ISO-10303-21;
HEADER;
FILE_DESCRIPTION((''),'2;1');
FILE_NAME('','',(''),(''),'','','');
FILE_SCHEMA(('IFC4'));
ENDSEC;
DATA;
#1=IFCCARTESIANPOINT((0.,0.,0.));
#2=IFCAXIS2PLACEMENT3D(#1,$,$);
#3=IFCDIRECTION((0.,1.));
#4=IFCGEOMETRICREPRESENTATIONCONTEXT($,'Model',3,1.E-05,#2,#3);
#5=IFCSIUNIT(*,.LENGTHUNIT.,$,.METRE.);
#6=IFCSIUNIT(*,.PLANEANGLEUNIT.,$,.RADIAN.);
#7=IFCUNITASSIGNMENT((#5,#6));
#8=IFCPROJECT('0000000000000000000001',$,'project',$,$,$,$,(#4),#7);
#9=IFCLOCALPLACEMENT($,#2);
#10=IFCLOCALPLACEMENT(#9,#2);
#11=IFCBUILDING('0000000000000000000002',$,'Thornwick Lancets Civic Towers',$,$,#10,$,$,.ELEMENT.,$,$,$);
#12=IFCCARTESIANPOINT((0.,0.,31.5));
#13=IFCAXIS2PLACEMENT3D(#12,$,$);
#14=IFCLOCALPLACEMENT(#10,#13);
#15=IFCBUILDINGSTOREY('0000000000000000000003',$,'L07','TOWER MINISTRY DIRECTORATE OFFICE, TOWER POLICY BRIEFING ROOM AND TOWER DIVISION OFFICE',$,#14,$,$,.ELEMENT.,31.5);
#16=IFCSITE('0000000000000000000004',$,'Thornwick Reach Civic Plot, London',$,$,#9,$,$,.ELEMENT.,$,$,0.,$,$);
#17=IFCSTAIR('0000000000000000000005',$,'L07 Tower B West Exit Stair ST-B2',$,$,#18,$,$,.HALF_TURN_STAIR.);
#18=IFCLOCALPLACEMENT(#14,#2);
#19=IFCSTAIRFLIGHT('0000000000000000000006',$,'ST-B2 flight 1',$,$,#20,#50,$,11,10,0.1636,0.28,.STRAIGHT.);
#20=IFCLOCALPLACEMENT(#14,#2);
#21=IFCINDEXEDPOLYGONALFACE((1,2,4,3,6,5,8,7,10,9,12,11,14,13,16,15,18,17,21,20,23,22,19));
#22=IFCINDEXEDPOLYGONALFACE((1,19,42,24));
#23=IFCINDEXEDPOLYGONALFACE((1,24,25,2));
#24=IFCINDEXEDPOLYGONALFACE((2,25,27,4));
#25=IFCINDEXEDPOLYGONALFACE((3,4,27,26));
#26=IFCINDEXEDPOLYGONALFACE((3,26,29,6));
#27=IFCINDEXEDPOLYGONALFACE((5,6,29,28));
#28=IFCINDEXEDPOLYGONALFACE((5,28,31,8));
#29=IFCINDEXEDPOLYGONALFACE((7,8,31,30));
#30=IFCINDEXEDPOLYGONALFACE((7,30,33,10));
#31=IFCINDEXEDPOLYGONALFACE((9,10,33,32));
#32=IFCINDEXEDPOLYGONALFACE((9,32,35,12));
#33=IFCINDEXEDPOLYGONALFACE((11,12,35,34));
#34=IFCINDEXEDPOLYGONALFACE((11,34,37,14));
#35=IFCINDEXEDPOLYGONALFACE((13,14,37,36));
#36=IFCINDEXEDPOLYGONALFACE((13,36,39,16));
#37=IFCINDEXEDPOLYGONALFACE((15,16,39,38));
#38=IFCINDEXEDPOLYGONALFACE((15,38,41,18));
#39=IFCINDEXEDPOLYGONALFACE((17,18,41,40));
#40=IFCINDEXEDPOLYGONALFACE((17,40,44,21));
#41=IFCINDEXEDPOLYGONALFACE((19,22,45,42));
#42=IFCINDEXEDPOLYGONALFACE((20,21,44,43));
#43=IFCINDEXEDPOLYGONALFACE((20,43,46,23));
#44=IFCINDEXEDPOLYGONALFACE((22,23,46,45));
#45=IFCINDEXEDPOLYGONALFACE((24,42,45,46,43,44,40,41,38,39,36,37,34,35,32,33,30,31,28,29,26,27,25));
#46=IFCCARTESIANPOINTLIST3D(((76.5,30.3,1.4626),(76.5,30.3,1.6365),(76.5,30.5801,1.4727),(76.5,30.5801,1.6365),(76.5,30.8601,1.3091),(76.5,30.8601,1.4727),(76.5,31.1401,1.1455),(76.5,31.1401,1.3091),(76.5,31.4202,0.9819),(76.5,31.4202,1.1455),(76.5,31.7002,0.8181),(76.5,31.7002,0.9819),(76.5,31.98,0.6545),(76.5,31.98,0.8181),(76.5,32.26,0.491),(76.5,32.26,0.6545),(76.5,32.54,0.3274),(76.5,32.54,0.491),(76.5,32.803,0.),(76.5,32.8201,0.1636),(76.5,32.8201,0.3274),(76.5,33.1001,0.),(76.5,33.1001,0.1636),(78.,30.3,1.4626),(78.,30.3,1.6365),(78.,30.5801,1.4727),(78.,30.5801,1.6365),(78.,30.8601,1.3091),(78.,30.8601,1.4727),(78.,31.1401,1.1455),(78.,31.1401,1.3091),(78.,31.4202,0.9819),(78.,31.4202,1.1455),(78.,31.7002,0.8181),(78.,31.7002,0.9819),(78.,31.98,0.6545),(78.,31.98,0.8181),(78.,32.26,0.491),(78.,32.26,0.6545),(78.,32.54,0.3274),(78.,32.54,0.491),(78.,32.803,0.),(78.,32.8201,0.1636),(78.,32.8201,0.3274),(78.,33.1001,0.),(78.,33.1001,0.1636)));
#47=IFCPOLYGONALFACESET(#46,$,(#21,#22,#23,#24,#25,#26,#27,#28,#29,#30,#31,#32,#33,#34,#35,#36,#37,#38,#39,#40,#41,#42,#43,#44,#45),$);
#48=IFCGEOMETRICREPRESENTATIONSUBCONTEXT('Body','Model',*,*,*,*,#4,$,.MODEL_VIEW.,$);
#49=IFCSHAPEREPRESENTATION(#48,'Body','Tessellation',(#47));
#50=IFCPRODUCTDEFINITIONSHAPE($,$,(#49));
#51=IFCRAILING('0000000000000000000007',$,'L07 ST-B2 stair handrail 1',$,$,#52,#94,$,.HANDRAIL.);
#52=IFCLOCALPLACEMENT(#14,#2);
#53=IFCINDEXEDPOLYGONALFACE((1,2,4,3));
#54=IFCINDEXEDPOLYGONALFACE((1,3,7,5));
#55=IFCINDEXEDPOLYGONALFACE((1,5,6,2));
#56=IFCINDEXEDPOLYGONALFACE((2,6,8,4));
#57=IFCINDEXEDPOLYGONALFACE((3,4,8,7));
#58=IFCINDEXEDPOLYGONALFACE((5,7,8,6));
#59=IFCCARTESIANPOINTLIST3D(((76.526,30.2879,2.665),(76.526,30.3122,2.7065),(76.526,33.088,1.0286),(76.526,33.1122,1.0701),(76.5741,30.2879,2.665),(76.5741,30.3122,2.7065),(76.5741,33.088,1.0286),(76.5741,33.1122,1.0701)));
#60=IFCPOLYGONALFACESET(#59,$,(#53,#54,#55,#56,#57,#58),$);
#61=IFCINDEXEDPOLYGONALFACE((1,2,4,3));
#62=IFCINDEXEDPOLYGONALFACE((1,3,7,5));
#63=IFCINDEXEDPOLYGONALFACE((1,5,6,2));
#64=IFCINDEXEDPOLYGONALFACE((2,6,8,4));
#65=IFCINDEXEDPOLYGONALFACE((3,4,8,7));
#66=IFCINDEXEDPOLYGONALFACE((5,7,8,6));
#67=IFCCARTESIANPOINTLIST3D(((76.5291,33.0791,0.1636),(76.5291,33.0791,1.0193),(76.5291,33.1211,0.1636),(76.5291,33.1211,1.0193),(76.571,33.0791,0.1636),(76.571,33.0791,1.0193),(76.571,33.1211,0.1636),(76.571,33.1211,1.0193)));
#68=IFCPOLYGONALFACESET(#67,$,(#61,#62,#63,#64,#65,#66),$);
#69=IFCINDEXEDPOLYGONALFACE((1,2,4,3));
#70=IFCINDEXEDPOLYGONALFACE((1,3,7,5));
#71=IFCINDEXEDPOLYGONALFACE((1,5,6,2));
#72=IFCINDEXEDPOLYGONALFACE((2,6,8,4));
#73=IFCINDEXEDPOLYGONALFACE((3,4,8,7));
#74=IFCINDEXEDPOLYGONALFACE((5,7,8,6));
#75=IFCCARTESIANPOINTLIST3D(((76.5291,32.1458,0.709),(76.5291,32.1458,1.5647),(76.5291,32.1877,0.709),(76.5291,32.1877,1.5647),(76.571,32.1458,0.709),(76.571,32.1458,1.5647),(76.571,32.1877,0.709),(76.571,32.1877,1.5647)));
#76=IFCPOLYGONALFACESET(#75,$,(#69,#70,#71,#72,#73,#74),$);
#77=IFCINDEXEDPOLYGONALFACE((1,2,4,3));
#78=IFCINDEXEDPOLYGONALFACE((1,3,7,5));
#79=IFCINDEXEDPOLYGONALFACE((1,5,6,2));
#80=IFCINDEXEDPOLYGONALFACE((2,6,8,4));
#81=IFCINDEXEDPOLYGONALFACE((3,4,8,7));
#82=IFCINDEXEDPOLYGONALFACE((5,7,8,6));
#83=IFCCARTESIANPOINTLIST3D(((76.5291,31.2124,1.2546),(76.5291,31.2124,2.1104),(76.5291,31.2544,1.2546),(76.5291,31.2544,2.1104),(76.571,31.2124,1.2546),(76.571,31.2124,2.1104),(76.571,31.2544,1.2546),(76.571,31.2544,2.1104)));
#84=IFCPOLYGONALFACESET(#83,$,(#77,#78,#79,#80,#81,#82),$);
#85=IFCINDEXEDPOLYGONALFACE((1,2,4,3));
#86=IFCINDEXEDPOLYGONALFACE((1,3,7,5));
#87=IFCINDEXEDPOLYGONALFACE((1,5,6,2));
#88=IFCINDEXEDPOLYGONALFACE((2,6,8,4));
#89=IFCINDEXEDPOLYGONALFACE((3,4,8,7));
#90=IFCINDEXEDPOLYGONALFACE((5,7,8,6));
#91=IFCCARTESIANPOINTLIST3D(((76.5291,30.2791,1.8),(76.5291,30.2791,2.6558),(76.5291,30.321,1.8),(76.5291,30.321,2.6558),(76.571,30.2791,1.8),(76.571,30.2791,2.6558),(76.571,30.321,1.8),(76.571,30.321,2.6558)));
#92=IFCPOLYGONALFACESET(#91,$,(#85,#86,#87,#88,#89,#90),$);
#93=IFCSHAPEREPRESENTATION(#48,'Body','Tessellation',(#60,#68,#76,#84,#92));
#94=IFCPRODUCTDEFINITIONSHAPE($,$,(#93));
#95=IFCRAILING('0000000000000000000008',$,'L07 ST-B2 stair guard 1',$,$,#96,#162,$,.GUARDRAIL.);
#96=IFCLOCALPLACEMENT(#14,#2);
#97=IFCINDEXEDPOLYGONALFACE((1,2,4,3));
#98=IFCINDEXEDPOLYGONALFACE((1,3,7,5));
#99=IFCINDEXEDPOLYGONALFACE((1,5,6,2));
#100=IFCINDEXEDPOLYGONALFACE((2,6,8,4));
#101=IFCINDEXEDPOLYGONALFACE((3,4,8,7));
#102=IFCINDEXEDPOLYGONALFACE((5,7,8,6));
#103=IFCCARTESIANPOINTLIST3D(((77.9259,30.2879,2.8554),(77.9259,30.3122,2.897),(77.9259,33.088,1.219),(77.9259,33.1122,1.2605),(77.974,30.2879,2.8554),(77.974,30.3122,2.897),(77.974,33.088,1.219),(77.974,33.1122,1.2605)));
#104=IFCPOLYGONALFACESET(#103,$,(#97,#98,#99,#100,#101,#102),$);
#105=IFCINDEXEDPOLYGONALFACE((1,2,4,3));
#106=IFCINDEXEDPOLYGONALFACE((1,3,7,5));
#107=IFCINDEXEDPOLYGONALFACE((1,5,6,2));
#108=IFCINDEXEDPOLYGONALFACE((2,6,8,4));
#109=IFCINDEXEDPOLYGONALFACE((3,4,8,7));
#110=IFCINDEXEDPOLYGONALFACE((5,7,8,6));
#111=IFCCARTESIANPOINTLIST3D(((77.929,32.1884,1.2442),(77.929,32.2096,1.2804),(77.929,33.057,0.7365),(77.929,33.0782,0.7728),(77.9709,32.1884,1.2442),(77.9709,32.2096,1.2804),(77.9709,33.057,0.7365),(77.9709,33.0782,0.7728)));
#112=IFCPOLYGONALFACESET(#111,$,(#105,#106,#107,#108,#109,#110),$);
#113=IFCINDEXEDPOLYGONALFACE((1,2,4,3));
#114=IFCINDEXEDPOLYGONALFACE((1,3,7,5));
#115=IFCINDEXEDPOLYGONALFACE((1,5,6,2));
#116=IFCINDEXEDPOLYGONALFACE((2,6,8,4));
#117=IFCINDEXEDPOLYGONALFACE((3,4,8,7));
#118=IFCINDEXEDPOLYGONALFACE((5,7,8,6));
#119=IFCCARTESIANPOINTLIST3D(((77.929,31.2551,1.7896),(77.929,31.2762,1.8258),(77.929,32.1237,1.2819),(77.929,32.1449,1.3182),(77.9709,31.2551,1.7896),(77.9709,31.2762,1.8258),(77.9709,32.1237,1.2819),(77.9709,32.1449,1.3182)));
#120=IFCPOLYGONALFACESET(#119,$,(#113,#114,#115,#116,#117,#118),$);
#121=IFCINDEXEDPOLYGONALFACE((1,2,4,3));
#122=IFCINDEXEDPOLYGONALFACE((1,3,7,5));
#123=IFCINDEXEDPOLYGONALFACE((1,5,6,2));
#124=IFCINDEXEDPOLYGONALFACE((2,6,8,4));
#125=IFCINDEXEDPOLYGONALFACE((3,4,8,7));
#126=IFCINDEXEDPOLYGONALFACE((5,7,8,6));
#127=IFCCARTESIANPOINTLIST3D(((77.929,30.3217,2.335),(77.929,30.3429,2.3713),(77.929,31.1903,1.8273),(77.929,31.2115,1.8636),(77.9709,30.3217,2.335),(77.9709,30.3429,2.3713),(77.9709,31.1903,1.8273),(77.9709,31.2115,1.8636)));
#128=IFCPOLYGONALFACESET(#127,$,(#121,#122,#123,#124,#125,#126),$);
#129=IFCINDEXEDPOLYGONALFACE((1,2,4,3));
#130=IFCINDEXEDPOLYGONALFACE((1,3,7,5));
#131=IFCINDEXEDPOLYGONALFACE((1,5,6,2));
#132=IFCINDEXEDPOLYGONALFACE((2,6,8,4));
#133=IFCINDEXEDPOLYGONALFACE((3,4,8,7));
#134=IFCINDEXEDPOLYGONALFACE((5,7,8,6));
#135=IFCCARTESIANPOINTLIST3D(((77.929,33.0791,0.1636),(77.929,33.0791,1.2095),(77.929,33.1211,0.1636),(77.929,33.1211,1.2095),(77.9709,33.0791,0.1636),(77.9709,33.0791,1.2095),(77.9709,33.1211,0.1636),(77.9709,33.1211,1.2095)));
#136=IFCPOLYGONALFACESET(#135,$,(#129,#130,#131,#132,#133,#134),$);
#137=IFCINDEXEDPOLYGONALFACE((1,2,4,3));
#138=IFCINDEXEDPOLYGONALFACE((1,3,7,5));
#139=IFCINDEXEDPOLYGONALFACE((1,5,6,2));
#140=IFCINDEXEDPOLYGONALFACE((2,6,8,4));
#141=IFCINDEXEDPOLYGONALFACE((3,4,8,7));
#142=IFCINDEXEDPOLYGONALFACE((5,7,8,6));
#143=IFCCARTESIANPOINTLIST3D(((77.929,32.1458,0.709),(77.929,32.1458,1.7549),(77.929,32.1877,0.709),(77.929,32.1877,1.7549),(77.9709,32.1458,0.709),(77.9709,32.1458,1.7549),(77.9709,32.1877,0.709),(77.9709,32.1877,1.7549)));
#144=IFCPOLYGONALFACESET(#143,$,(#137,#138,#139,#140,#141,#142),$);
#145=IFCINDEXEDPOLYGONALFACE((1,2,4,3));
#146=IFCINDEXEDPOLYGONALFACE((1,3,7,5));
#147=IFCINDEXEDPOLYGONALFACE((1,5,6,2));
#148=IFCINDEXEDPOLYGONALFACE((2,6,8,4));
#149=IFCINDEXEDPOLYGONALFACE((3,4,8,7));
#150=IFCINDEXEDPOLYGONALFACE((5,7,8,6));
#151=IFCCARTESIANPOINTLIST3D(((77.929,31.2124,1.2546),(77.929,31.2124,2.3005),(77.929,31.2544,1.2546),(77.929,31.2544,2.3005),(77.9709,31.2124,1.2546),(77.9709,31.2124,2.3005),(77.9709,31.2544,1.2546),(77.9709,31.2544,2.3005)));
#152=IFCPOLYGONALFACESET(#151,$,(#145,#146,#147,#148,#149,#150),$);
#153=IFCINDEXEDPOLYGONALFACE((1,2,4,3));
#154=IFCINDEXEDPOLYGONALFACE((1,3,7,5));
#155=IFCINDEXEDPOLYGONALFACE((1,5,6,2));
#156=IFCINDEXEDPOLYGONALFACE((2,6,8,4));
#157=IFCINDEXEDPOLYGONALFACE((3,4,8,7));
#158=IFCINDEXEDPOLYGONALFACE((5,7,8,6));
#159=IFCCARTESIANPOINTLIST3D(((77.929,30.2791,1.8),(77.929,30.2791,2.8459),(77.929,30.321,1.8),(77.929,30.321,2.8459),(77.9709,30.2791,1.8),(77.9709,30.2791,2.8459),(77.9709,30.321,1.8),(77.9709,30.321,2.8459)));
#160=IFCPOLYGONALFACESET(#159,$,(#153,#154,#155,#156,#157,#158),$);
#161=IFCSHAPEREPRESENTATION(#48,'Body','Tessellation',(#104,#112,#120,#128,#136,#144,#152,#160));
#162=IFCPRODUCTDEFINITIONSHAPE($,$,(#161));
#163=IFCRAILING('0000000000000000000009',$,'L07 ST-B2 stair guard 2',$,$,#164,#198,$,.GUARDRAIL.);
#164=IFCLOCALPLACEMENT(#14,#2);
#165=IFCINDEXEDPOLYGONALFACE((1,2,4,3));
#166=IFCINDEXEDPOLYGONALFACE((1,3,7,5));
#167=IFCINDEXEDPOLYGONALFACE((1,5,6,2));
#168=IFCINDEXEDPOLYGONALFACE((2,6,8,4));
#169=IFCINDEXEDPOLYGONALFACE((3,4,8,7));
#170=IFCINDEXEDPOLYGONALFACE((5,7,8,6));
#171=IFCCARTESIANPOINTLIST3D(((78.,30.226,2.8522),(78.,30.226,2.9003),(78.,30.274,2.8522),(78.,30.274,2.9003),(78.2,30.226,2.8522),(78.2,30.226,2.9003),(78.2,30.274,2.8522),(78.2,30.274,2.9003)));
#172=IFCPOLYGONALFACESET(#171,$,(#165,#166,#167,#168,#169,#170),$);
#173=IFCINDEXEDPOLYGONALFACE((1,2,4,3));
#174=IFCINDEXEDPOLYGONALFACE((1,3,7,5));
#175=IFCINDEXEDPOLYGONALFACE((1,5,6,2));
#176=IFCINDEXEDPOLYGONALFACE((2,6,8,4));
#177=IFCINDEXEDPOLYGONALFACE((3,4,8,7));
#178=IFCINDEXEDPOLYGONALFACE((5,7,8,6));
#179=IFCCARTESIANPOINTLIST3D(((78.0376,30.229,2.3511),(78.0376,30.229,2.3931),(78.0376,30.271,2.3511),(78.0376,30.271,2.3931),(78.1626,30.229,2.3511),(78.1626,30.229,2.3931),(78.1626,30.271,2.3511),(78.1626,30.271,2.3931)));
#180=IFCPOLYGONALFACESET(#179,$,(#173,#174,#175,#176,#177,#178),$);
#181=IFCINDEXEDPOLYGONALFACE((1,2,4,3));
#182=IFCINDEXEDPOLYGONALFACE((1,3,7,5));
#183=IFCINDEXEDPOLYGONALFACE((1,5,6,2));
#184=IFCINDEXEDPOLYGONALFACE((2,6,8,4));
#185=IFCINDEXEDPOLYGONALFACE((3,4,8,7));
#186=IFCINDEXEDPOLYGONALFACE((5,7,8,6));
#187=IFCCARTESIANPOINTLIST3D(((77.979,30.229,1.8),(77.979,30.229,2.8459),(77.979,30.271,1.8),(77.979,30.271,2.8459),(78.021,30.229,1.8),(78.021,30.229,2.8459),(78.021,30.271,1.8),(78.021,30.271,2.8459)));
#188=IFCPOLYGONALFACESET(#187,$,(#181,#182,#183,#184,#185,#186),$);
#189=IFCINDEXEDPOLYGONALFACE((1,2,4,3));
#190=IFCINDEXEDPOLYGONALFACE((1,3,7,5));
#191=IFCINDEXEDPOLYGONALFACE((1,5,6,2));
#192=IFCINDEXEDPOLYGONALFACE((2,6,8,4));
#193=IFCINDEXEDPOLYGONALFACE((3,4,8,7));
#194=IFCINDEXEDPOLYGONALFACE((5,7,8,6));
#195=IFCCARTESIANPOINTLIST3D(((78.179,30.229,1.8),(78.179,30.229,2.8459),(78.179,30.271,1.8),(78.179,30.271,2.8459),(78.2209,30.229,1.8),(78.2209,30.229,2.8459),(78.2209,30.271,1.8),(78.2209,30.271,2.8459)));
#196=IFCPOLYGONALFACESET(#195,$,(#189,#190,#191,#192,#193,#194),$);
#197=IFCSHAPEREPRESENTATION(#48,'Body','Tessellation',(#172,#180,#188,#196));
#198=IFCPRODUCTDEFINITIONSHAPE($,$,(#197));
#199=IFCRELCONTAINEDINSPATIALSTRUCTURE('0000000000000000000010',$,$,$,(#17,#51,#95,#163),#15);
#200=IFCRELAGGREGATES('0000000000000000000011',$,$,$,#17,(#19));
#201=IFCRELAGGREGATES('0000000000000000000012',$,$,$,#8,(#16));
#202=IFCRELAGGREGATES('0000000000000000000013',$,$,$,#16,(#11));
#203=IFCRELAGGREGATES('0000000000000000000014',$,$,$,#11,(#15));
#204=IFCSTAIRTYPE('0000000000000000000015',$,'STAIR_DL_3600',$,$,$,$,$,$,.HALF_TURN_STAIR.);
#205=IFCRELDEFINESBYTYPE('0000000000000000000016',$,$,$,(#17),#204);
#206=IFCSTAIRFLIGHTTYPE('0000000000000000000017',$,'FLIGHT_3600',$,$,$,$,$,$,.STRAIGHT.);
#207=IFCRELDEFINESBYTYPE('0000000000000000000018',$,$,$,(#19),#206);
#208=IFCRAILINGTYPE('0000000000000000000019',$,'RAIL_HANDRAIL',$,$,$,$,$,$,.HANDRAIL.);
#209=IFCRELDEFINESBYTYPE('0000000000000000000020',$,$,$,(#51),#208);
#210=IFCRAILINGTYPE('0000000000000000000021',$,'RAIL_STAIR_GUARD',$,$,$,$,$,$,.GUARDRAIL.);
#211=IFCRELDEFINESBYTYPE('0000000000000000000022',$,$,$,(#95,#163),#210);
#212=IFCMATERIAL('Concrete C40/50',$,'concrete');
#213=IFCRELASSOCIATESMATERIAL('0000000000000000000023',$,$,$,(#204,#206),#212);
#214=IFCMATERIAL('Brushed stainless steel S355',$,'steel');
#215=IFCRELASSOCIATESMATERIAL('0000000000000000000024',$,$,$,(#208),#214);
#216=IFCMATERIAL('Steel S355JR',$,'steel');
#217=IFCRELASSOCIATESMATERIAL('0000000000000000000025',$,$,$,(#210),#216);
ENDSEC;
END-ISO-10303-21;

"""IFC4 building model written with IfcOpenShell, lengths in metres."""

from ifc_helpers import new_model, si_unit, direction, frame, origin, origin_2d, place, context, subcontext, project, spatial, polyline, rectangle, outline, extrude, material, type_object, element, aggregate, save


model = new_model("IFC4")

# Units and contexts
model_context = context("Model", 3, precision=1e-05, world=origin(), true_north=direction((0.0, 1.0)))
body_context = subcontext(model_context, "Body", "Model", "MODEL_VIEW")
ifc_project = project(units=[si_unit("LENGTHUNIT", "METRE"), si_unit("PLANEANGLEUNIT", "RADIAN")], contexts=[model_context])

# Site, building, storey
site_placement = place(None, origin())
site = spatial("IfcSite", under=ifc_project, at=site_placement, Name="Thornwick Reach Civic Plot, London", CompositionType="ELEMENT", RefElevation=0.0)
building_placement = place(site_placement, origin())
building = spatial("IfcBuilding", under=site, at=building_placement, Name="Thornwick Lancets Civic Towers", CompositionType="ELEMENT")
storey_placement = place(building_placement, frame((0.0, 0.0, 31.5)))
storey = spatial("IfcBuildingStorey", under=building, at=storey_placement, Name="L07", Description="TOWER MINISTRY DIRECTORATE OFFICE, TOWER POLICY BRIEFING ROOM AND TOWER DIVISION OFFICE", CompositionType="ELEMENT", Elevation=31.5)

# Shared definitions
ifc_material_1 = material(Name="Steel S355JR", Category="steel")
ifc_material_2 = material(Name="Concrete C40/50", Category="concrete")

# Stair, stair flight
stair_type = type_object("IfcStairType", Name="STAIR_DL_3600", PredefinedType="HALF_TURN_STAIR", material=ifc_material_2)
stair_placement = place(storey_placement, origin())
stair = element("IfcStair", 1, at=stair_placement, inside=storey, type_object=stair_type, Name="L07 Tower B West Exit Stair ST-B2", PredefinedType="HALF_TURN_STAIR")
stair_flight_type = type_object("IfcStairFlightType", Name="FLIGHT_3600", PredefinedType="STRAIGHT", material=ifc_material_2)
stair_flight_placement = place(storey_placement, frame((77.25, 33.1001, 0.0), z_axis=(0.0, 0.0, 1.0), x_axis=(0.0, -1.0, 0.0)))
stair_flight = element("IfcStairFlight", 2, at=stair_flight_placement, type_object=stair_flight_type, Name="ST-B2 flight 1", NumberOfRisers=11, NumberOfTreads=10, PredefinedType="STRAIGHT", RiserHeight=0.1636, TreadLength=0.28, context=body_context, shape_type="SweptSolid", body=[
    extrude(outline(polyline([(0.0, 0.0), (0.0, 0.1636), (0.28, 0.1636), (0.28, 0.3274), (0.5601, 0.3274), (0.5601, 0.491), (0.8401, 0.491), (0.8401, 0.6545), (1.1201, 0.6545), (1.1201, 0.8181), (1.3999, 0.8181), (1.3999, 0.9819), (1.6799, 0.9819), (1.6799, 1.1455), (1.96, 1.1455), (1.96, 1.3091), (2.24, 1.3091), (2.24, 1.4727), (2.52, 1.4727), (2.52, 1.6365), (2.8, 1.6365), (2.8, 1.8), (2.8, 1.4626), (0.2971, 0.0), (0.0, 0.0)])), frame((0.0, 0.75, 0.0), z_axis=(0.0, -1.0, 0.0), x_axis=(1.0, 0.0, 0.0)), (0.0, 0.0, 1.0), 1.5),
])
aggregate(stair, [stair_flight])

# Railings
ifc_material_3 = material(Name="Brushed stainless steel S355", Category="steel")
railing_type_1 = type_object("IfcRailingType", Name="RAIL_HANDRAIL", PredefinedType="HANDRAIL", material=ifc_material_3)
railing_1_placement = place(storey_placement, frame((76.55, 33.1001, 0.1636)))
element("IfcRailing", 3, at=railing_1_placement, inside=storey, type_object=railing_type_1, Name="L07 ST-B2 stair handrail 1", PredefinedType="HANDRAIL", context=body_context, shape_type="SweptSolid", body=[
    extrude(rectangle(XDim=0.0481, YDim=0.0481, at=origin_2d()), frame((0.0, 0.0, 0.8857), z_axis=(0.0, -0.863361, 0.504587), x_axis=(1.0, 0.0, 0.0)), (0.0, 0.0, 1.0), 3.2432),
    extrude(rectangle(XDim=0.042, YDim=0.042, at=origin_2d()), origin(), (0.0, 0.0, 1.0), 0.8557),
    extrude(rectangle(XDim=0.042, YDim=0.042, at=origin_2d()), frame((0.0, -0.9333, 0.5454)), (0.0, 0.0, 1.0), 0.8557),
    extrude(rectangle(XDim=0.042, YDim=0.042, at=origin_2d()), frame((0.0, -1.8667, 1.0911)), (0.0, 0.0, 1.0), 0.8557),
    extrude(rectangle(XDim=0.042, YDim=0.042, at=origin_2d()), frame((0.0, -2.8, 1.6365)), (0.0, 0.0, 1.0), 0.8557),
])
railing_type_2 = type_object("IfcRailingType", Name="RAIL_STAIR_GUARD", PredefinedType="GUARDRAIL", material=ifc_material_1)
railing_2_placement = place(storey_placement, frame((77.95, 33.1001, 0.1636)))
element("IfcRailing", 4, at=railing_2_placement, inside=storey, type_object=railing_type_2, Name="L07 ST-B2 stair guard 1", PredefinedType="GUARDRAIL", context=body_context, shape_type="SweptSolid", body=[
    extrude(rectangle(XDim=0.0481, YDim=0.0481, at=origin_2d()), frame((0.0, 0.0, 1.0762), z_axis=(0.0, -0.863361, 0.504587), x_axis=(1.0, 0.0, 0.0)), (0.0, 0.0, 1.0), 3.2432),
    extrude(rectangle(XDim=0.042, YDim=0.042, at=origin_2d()), frame((0.0, -0.0325, 0.5911), z_axis=(0.0, -0.863361, 0.504587), x_axis=(1.0, 0.0, 0.0)), (0.0, 0.0, 1.0), 1.0061),
    extrude(rectangle(XDim=0.042, YDim=0.042, at=origin_2d()), frame((0.0, -0.9658, 1.1365), z_axis=(0.0, -0.863361, 0.504587), x_axis=(1.0, 0.0, 0.0)), (0.0, 0.0, 1.0), 1.0061),
    extrude(rectangle(XDim=0.042, YDim=0.042, at=origin_2d()), frame((0.0, -1.8992, 1.6819), z_axis=(0.0, -0.863361, 0.504587), x_axis=(1.0, 0.0, 0.0)), (0.0, 0.0, 1.0), 1.0061),
    extrude(rectangle(XDim=0.042, YDim=0.042, at=origin_2d()), origin(), (0.0, 0.0, 1.0), 1.0459),
    extrude(rectangle(XDim=0.042, YDim=0.042, at=origin_2d()), frame((0.0, -0.9333, 0.5454)), (0.0, 0.0, 1.0), 1.0459),
    extrude(rectangle(XDim=0.042, YDim=0.042, at=origin_2d()), frame((0.0, -1.8667, 1.0911)), (0.0, 0.0, 1.0), 1.0459),
    extrude(rectangle(XDim=0.042, YDim=0.042, at=origin_2d()), frame((0.0, -2.8, 1.6365)), (0.0, 0.0, 1.0), 1.0459),
])
for number, where, name in (
    (5, (78.0, 30.25, 1.8), "L07 ST-B2 stair guard 2"),
):
    element("IfcRailing", number, at=place(storey_placement, frame(where)), inside=storey, type_object=railing_type_2, Name=name, PredefinedType="GUARDRAIL", context=body_context, shape_type="SweptSolid", body=[
        extrude(rectangle(XDim=0.0481, YDim=0.0481, at=origin_2d()), frame((0.0, 0.0, 1.0762), z_axis=(1.0, 0.0, 0.0), x_axis=(0.0, 1.0, 0.0)), (0.0, 0.0, 1.0), 0.2),
        extrude(rectangle(XDim=0.042, YDim=0.042, at=origin_2d()), frame((0.0376, 0.0, 0.572), z_axis=(1.0, 0.0, 0.0), x_axis=(0.0, 1.0, 0.0)), (0.0, 0.0, 1.0), 0.125),
        extrude(rectangle(XDim=0.042, YDim=0.042, at=origin_2d()), origin(), (0.0, 0.0, 1.0), 1.0459),
        extrude(rectangle(XDim=0.042, YDim=0.042, at=origin_2d()), frame((0.2, 0.0, 0.0)), (0.0, 0.0, 1.0), 1.0459),
    ])

save(model, "model.ifc")
